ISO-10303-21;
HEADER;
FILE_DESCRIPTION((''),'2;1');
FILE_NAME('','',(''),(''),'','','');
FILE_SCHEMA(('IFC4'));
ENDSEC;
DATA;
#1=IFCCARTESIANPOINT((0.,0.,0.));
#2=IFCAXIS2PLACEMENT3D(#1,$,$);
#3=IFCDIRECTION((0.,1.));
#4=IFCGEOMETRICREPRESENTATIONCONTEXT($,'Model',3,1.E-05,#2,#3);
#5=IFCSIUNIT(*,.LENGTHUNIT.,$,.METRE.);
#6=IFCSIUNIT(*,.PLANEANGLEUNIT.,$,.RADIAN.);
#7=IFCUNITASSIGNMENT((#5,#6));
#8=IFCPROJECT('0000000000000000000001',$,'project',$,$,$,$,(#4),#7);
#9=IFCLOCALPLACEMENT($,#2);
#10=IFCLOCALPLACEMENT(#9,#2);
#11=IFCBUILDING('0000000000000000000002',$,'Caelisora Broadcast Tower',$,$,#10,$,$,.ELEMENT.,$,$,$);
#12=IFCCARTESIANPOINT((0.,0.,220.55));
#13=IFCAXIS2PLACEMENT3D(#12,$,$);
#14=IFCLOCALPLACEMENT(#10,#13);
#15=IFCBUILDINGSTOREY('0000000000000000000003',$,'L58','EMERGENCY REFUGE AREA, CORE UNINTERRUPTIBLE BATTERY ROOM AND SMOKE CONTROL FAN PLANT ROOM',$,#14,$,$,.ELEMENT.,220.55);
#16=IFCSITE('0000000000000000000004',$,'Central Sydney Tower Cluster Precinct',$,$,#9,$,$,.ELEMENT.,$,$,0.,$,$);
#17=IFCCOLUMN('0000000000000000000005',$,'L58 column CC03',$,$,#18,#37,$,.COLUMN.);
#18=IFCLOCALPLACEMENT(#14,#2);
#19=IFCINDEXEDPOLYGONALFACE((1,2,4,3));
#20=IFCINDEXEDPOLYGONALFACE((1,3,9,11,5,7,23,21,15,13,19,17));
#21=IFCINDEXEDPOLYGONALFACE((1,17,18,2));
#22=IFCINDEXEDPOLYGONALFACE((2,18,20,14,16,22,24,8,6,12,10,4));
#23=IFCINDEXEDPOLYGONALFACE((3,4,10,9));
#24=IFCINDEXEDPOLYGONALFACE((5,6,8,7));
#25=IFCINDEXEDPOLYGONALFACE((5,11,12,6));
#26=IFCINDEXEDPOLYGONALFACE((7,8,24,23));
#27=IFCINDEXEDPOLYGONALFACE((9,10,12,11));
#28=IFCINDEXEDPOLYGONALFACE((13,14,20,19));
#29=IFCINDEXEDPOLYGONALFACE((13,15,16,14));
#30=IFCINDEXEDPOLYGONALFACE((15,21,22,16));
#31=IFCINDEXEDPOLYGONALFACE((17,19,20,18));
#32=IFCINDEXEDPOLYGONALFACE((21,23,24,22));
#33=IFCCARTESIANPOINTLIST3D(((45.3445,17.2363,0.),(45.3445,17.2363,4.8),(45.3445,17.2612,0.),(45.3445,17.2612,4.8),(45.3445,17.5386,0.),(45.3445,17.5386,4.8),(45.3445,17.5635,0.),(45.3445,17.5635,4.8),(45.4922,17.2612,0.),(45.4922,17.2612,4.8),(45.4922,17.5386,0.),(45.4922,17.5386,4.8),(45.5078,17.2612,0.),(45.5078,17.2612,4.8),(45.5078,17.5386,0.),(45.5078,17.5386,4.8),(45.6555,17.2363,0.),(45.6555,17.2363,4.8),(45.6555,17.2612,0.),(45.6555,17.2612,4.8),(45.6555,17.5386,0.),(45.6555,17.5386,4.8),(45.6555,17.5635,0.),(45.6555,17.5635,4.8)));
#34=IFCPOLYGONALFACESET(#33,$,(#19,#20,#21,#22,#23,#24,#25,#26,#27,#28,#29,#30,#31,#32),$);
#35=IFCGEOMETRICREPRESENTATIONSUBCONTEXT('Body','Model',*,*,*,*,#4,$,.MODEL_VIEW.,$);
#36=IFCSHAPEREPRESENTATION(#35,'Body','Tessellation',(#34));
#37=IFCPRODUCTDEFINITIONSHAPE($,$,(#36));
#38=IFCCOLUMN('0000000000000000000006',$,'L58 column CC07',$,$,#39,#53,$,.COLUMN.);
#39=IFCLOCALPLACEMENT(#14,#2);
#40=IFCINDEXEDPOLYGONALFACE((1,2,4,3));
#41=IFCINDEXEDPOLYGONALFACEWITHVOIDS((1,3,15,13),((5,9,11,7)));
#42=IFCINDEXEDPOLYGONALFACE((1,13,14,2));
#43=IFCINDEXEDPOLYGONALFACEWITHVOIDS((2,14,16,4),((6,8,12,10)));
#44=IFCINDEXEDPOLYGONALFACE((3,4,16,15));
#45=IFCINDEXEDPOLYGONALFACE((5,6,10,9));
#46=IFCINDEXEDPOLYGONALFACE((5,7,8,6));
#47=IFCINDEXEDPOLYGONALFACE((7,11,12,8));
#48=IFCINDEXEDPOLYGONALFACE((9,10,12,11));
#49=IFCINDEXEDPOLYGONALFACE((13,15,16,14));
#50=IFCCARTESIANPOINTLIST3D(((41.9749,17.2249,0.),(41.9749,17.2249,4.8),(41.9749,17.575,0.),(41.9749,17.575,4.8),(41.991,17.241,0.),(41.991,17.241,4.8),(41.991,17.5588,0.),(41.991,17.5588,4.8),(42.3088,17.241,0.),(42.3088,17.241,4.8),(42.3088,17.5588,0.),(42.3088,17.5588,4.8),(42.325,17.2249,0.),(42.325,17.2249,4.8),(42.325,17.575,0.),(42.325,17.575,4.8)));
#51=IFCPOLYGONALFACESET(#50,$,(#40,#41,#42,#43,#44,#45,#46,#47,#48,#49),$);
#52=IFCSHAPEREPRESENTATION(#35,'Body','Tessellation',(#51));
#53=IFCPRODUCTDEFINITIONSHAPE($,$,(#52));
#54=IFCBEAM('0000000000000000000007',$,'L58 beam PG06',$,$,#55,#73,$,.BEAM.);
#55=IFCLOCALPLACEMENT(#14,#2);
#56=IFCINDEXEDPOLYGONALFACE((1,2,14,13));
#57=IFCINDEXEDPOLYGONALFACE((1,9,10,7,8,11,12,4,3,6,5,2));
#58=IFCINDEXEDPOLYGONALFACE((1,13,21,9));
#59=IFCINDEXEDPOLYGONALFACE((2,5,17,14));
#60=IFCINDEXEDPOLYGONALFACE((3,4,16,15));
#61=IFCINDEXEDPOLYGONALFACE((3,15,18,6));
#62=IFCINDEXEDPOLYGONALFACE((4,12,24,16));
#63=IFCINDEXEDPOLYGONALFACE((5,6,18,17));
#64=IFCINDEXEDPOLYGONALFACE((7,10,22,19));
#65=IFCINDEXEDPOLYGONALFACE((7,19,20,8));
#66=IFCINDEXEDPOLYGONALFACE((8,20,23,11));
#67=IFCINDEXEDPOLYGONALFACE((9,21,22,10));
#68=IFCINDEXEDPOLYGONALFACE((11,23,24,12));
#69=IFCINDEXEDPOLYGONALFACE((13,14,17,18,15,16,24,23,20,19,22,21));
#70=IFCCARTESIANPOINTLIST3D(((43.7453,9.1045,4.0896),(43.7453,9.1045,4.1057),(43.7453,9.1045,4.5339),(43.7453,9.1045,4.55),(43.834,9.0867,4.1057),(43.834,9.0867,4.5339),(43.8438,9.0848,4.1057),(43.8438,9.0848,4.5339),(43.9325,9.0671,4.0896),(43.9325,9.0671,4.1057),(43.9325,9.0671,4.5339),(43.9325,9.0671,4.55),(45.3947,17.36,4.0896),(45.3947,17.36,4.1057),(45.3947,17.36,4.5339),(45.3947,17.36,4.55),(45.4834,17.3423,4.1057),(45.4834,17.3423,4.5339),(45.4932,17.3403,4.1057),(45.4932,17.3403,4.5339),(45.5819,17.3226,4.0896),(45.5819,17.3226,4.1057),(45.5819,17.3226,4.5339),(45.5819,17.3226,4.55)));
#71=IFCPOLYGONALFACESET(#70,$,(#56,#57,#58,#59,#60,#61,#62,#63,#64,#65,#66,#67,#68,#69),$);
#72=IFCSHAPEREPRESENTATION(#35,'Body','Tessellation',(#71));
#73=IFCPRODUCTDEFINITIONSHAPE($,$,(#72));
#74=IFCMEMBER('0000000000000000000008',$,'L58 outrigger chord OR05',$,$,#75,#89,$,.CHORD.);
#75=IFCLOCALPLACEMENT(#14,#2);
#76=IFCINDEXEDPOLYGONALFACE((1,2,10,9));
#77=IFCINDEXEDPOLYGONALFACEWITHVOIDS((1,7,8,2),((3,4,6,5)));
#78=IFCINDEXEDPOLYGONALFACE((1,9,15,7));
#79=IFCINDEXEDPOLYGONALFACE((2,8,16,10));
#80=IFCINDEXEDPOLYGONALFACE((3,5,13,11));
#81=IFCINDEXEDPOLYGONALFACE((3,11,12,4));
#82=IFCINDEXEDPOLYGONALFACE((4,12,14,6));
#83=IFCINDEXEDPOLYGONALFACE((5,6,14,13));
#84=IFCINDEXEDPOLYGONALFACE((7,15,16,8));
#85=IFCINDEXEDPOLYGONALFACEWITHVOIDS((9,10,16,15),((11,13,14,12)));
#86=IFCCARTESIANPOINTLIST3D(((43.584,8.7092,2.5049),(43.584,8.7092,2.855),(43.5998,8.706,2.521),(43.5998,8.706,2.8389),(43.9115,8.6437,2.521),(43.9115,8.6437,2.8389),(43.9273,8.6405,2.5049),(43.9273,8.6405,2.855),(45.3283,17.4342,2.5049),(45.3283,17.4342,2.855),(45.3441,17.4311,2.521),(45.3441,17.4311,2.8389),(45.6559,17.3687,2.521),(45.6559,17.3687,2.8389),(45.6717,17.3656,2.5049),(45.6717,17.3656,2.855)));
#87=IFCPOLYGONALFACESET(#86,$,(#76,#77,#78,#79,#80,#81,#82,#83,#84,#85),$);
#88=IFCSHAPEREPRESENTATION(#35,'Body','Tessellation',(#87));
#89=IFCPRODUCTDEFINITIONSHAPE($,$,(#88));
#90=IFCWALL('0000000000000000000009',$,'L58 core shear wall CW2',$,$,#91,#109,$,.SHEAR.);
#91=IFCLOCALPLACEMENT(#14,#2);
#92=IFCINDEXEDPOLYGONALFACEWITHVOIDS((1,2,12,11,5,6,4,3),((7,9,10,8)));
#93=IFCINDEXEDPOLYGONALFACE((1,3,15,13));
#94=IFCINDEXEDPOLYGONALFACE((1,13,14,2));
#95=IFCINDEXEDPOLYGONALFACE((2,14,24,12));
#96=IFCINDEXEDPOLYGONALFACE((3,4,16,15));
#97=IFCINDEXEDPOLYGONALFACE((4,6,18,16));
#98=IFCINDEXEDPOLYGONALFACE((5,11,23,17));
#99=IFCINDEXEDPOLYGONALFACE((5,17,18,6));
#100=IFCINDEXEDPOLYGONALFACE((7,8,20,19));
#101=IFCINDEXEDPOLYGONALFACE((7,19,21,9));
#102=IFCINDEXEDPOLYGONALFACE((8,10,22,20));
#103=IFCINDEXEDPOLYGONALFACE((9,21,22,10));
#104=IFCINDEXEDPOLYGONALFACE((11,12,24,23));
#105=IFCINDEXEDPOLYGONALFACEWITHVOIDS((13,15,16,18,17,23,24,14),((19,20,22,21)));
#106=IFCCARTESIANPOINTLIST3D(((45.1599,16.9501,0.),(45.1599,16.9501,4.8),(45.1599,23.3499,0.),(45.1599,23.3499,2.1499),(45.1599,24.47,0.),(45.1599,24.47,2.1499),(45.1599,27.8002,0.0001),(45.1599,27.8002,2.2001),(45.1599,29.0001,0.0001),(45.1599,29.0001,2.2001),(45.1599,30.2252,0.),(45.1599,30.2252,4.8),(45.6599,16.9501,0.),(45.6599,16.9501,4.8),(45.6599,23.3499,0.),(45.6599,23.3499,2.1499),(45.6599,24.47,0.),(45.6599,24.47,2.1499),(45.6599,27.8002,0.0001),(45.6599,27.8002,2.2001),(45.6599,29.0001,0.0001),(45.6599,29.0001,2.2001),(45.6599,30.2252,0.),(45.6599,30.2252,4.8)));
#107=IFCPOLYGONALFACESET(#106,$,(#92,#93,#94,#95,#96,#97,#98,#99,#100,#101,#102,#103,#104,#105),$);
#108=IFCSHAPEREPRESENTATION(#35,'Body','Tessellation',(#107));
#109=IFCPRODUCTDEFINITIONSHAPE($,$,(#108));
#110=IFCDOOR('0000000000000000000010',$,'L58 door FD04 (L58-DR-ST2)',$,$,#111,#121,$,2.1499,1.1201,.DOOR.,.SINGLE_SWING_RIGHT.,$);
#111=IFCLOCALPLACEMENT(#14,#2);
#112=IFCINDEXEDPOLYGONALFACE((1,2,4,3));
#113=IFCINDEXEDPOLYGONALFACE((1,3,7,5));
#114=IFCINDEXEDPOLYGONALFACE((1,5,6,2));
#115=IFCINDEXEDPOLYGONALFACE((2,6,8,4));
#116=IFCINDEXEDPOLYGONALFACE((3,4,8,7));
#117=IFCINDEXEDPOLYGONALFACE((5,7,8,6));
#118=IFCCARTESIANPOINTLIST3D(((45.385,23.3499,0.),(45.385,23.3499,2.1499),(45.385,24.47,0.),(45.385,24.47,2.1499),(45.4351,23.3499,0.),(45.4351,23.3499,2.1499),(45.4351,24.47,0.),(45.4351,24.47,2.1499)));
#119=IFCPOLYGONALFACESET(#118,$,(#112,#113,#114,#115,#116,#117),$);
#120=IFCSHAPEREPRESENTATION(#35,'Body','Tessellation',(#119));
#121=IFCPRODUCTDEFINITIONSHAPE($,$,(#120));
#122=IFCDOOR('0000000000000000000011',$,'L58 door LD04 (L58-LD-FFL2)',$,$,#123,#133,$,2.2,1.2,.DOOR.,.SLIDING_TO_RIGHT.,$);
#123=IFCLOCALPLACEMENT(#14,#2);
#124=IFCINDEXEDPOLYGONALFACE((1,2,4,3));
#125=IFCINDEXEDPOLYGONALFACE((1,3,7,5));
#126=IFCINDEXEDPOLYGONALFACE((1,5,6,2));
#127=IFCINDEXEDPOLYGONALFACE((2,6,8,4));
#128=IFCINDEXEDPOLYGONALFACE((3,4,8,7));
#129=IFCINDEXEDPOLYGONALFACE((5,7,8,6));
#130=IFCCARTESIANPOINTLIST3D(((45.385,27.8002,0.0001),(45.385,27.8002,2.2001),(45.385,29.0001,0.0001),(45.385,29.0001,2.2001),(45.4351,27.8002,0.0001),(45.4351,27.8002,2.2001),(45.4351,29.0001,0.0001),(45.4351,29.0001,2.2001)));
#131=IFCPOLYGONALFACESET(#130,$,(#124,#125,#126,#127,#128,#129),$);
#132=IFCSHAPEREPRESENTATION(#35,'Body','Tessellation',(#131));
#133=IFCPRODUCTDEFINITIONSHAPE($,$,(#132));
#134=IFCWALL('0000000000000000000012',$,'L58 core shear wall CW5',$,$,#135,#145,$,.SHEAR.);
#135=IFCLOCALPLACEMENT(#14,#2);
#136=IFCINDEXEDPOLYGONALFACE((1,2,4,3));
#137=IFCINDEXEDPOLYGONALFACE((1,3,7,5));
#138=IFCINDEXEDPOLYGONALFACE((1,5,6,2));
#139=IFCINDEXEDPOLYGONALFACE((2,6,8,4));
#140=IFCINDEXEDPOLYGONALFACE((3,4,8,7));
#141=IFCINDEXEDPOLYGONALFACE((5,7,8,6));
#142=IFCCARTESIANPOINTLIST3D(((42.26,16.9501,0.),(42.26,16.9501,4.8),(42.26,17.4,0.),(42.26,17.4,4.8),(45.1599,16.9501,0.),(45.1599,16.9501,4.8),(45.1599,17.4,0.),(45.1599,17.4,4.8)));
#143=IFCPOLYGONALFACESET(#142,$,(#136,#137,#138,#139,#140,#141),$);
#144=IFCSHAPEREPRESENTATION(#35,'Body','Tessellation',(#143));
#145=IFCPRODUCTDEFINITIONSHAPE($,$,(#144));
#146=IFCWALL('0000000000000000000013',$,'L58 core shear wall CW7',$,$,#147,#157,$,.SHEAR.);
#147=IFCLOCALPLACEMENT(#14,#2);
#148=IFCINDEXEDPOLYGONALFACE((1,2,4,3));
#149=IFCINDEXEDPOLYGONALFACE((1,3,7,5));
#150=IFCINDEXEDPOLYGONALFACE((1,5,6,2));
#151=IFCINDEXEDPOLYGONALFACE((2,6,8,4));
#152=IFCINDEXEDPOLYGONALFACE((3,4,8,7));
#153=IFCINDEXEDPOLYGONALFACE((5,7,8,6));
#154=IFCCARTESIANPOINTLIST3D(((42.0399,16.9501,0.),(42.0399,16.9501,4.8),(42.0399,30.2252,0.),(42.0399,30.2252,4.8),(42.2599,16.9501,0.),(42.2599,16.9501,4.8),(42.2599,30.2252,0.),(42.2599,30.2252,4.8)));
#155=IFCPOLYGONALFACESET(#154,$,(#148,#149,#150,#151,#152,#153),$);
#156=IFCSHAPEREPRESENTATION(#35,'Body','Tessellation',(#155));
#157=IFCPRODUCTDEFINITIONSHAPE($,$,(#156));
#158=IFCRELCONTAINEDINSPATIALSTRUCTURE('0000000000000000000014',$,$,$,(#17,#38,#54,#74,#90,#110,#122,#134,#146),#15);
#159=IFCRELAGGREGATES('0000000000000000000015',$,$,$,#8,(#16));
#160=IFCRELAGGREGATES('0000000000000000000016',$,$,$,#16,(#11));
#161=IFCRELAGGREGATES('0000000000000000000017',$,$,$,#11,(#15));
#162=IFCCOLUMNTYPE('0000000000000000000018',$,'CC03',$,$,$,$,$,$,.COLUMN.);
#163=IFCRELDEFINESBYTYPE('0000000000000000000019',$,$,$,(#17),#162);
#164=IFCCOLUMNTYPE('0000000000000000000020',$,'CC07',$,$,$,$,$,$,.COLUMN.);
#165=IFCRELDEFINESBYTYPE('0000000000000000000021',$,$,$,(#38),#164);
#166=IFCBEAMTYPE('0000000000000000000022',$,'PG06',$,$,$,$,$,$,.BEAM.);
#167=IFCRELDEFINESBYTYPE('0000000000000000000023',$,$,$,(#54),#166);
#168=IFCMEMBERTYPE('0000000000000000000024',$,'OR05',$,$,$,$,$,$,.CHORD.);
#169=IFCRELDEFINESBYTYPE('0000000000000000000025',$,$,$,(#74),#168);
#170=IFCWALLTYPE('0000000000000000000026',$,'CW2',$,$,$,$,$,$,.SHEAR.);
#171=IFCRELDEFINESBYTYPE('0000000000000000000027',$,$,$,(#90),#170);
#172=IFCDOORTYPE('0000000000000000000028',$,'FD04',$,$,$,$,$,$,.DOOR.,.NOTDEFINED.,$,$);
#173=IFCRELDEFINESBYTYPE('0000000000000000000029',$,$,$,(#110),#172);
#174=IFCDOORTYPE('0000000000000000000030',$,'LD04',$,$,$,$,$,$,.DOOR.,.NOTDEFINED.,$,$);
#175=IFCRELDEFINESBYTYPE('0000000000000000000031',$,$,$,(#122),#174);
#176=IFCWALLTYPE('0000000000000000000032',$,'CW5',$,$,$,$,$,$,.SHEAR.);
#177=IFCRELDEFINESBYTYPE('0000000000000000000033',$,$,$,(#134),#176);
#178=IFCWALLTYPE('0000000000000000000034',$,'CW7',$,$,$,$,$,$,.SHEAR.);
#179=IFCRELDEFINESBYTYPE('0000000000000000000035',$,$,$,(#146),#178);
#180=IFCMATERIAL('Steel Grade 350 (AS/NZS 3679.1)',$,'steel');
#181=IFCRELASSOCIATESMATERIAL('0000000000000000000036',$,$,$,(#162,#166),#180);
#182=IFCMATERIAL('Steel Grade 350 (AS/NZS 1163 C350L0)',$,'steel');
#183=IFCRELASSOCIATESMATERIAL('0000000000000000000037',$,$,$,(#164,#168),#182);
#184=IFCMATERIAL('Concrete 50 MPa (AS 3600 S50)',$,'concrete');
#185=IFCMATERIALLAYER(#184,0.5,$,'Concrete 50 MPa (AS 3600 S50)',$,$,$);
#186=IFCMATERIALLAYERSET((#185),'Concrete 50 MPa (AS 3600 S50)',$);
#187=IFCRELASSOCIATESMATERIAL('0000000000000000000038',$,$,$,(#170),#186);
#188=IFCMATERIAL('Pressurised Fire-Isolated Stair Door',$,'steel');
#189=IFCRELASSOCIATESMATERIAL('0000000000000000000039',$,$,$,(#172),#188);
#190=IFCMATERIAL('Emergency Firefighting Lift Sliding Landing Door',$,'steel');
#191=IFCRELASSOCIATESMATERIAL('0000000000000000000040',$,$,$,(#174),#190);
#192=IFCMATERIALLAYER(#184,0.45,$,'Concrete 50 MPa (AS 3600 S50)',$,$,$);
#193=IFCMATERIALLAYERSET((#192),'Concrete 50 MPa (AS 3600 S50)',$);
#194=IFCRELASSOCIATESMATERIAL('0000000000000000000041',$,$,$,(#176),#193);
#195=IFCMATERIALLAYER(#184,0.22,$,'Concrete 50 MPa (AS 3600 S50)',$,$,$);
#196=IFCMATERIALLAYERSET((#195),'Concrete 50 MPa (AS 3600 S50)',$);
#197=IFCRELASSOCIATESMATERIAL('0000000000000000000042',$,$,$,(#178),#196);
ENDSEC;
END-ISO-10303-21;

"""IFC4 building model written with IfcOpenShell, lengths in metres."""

from ifc_helpers import new_model, si_unit, direction, frame, frame_2d, origin, origin_2d, place, context, subcontext, project, spatial, rectangle, hollow_rectangle, i_section, extrude, source, transform, mapped, material, layer, layer_set, material_profile, profile_set, type_object, type_shapes, element, fill, save


model = new_model("IFC4")

# Units and contexts
model_context = context("Model", 3, precision=1e-05, world=origin(), true_north=direction((0.0, 1.0)))
body_context = subcontext(model_context, "Body", "Model", "MODEL_VIEW")
ifc_project = project(units=[si_unit("LENGTHUNIT", "METRE"), si_unit("PLANEANGLEUNIT", "RADIAN")], contexts=[model_context])

# Site, building, storey
site_placement = place(None, origin())
site = spatial("IfcSite", under=ifc_project, at=site_placement, Name="Central Sydney Tower Cluster Precinct", CompositionType="ELEMENT", RefElevation=0.0)
building_placement = place(site_placement, origin())
building = spatial("IfcBuilding", under=site, at=building_placement, Name="Caelisora Broadcast Tower", CompositionType="ELEMENT")
storey_placement = place(building_placement, frame((0.0, 0.0, 220.55)))
storey = spatial("IfcBuildingStorey", under=building, at=storey_placement, Name="L58", Description="EMERGENCY REFUGE AREA, CORE UNINTERRUPTIBLE BATTERY ROOM AND SMOKE CONTROL FAN PLANT ROOM", CompositionType="ELEMENT", Elevation=220.55)

# Columns
ifc_material_1 = material(Name="Steel Grade 350 (AS/NZS 3679.1)", Category="steel")
ifc_material_profile_1 = material_profile(ifc_material_1, i_section(OverallWidth=0.311, OverallDepth=0.3271, WebThickness=0.0156, FlangeThickness=0.0249, at=origin_2d()), Name="Steel Grade 350 (AS/NZS 3679.1)")
ifc_profile_set_1 = profile_set([ifc_material_profile_1], Name="Steel Grade 350 (AS/NZS 3679.1)")
column_type_1 = type_object("IfcColumnType", Name="CC03", PredefinedType="COLUMN", material=ifc_profile_set_1)
shared_shape_1 = source(origin(), body_context, "Body", "SweptSolid", [
    extrude(i_section(OverallWidth=0.311, OverallDepth=0.3271, WebThickness=0.0156, FlangeThickness=0.0249, at=origin_2d()), origin(), (0.0, 0.0, 1.0), 4.8),
])
type_shapes(column_type_1, [shared_shape_1])
column_1_placement = place(storey_placement, frame((45.5, 17.3999, 0.0), z_axis=(0.0, 0.0, 1.0), x_axis=(1.0, 0.0, 0.0)))
element("IfcColumn", 1, at=column_1_placement, inside=storey, type_object=column_type_1, Name="L58 column CC03", PredefinedType="COLUMN", context=body_context, shape_type="MappedRepresentation", body=[
    mapped(shared_shape_1, transform((0.0, 0.0, 0.0), scale=1.0)),
])
ifc_material_2 = material(Name="Steel Grade 350 (AS/NZS 1163 C350L0)", Category="steel")
ifc_material_profile_2 = material_profile(ifc_material_2, hollow_rectangle(XDim=0.3501, YDim=0.3501, WallThickness=0.0161, at=origin_2d()), Name="Steel Grade 350 (AS/NZS 1163 C350L0)")
ifc_profile_set_2 = profile_set([ifc_material_profile_2], Name="Steel Grade 350 (AS/NZS 1163 C350L0)")
column_type_2 = type_object("IfcColumnType", Name="CC07", PredefinedType="COLUMN", material=ifc_profile_set_2)
shared_shape_2 = source(origin(), body_context, "Body", "SweptSolid", [
    extrude(hollow_rectangle(XDim=0.3501, YDim=0.3501, WallThickness=0.0161, at=origin_2d()), origin(), (0.0, 0.0, 1.0), 4.8),
])
type_shapes(column_type_2, [shared_shape_2])
column_2_placement = place(storey_placement, frame((42.1499, 17.3999, 0.0), z_axis=(0.0, 0.0, 1.0), x_axis=(1.0, 0.0, 0.0)))
element("IfcColumn", 2, at=column_2_placement, inside=storey, type_object=column_type_2, Name="L58 column CC07", PredefinedType="COLUMN", context=body_context, shape_type="MappedRepresentation", body=[
    mapped(shared_shape_2, transform((0.0, 0.0, 0.0), scale=1.0)),
])

# Beam
ifc_material_profile_3 = material_profile(ifc_material_1, i_section(OverallWidth=0.1909, OverallDepth=0.4604, WebThickness=0.01, FlangeThickness=0.0161, at=origin_2d()), Name="Steel Grade 350 (AS/NZS 3679.1)")
ifc_profile_set_3 = profile_set([ifc_material_profile_3], Name="Steel Grade 350 (AS/NZS 3679.1)")
beam_type = type_object("IfcBeamType", Name="PG06", PredefinedType="BEAM", material=ifc_profile_set_3)
shared_shape_3 = source(origin(), body_context, "Body", "SweptSolid", [
    extrude(i_section(OverallWidth=0.1909, OverallDepth=0.4604, WebThickness=0.01, FlangeThickness=0.0161, at=origin_2d()), origin(), (0.0, 0.0, 1.0), 8.4187),
])
type_shapes(beam_type, [shared_shape_3])
beam_placement = place(storey_placement, frame((45.4883, 17.3413, 4.3198), z_axis=(-0.195921, -0.98062, 0.0), x_axis=(0.98062, -0.195921, 0.0)))
element("IfcBeam", 3, at=beam_placement, inside=storey, type_object=beam_type, Name="L58 beam PG06", PredefinedType="BEAM", context=body_context, shape_type="MappedRepresentation", body=[
    mapped(shared_shape_3, transform((0.0, 0.0, 0.0), scale=1.0)),
])

# Member
ifc_material_profile_4 = material_profile(ifc_material_2, hollow_rectangle(XDim=0.3501, YDim=0.3501, WallThickness=0.0161, at=origin_2d()), Name="Steel Grade 350 (AS/NZS 1163 C350L0)")
ifc_profile_set_4 = profile_set([ifc_material_profile_4], Name="Steel Grade 350 (AS/NZS 1163 C350L0)")
member_type = type_object("IfcMemberType", Name="OR05", PredefinedType="CHORD", material=ifc_profile_set_4)
shared_shape_4 = source(origin(), body_context, "Body", "SweptSolid", [
    extrude(hollow_rectangle(XDim=0.3501, YDim=0.3501, WallThickness=0.0161, at=origin_2d()), origin(), (0.0, 0.0, 1.0), 8.8977),
])
type_shapes(member_type, [shared_shape_4])
member_placement = place(storey_placement, frame((45.5, 17.3999, 2.6799), z_axis=(-0.196048, -0.980594, 0.0), x_axis=(0.980594, -0.196048, 0.0)))
element("IfcMember", 4, at=member_placement, inside=storey, type_object=member_type, Name="L58 outrigger chord OR05", PredefinedType="CHORD", context=body_context, shape_type="MappedRepresentation", body=[
    mapped(shared_shape_4, transform((0.0, 0.0, 0.0), scale=1.0)),
])

# Wall, openings, doors
ifc_material_3 = material(Name="Concrete 50 MPa (AS 3600 S50)", Category="concrete")
ifc_layer_1 = layer(ifc_material_3, 0.5, Name="Concrete 50 MPa (AS 3600 S50)")
ifc_layer_set_1 = layer_set([ifc_layer_1], Name="Concrete 50 MPa (AS 3600 S50)")
wall_type_1 = type_object("IfcWallType", Name="CW2", PredefinedType="SHEAR", material=ifc_layer_set_1)
wall_1_placement = place(storey_placement, frame((45.4099, 16.95, 0.0), z_axis=(0.0, 0.0, 1.0), x_axis=(0.0, 1.0, 0.0)))
wall_1 = element("IfcWall", 5, at=wall_1_placement, inside=storey, type_object=wall_type_1, Name="L58 core shear wall CW2", PredefinedType="SHEAR", context=body_context, shape_type="SweptSolid", body=[
    extrude(rectangle(XDim=13.2751, YDim=0.5, at=frame_2d((6.6377, 0.0))), origin(), (0.0, 0.0, 1.0), 4.8),
])
opening_1_placement = place(wall_1_placement, frame((6.3999, 0.0, 0.0)))
opening_1 = element("IfcOpeningElement", 6, at=opening_1_placement, cuts=wall_1, PredefinedType="OPENING", context=body_context, shape_type="SweptSolid", body=[
    extrude(rectangle(XDim=1.1201, YDim=2.1499, at=frame_2d((0.5601, 1.075))), frame((0.0, 0.262, 0.0), z_axis=(0.0, -1.0, 0.0), x_axis=(1.0, 0.0, 0.0)), (0.0, 0.0, 1.0), 0.5239),
])
opening_2_placement = place(wall_1_placement, frame((10.8501, 0.0, 0.0)))
opening_2 = element("IfcOpeningElement", 7, at=opening_2_placement, cuts=wall_1, PredefinedType="OPENING", context=body_context, shape_type="SweptSolid", body=[
    extrude(rectangle(XDim=1.2, YDim=2.2, at=frame_2d((0.6001, 1.1001))), frame((0.0, 0.262, 0.0), z_axis=(0.0, -1.0, 0.0), x_axis=(1.0, 0.0, 0.0)), (0.0, 0.0, 1.0), 0.5239),
])
ifc_material_4 = material(Name="Pressurised Fire-Isolated Stair Door", Category="steel")
door_type_1 = type_object("IfcDoorType", Name="FD04", OperationType="NOTDEFINED", PredefinedType="DOOR", material=ifc_material_4)
door_1_placement = place(opening_1_placement, origin())
door_1 = element("IfcDoor", 8, at=door_1_placement, inside=storey, type_object=door_type_1, Name="L58 door FD04 (L58-DR-ST2)", OperationType="SINGLE_SWING_RIGHT", OverallHeight=2.1499, OverallWidth=1.1201, PredefinedType="DOOR", context=body_context, shape_type="SweptSolid", body=[
    extrude(rectangle(XDim=1.1201, YDim=2.1499, at=frame_2d((0.5601, 1.075))), frame((0.0, 0.0249, 0.0), z_axis=(0.0, -1.0, 0.0), x_axis=(1.0, 0.0, 0.0)), (0.0, 0.0, 1.0), 0.05),
])
fill(opening_1, door_1)
ifc_material_5 = material(Name="Emergency Firefighting Lift Sliding Landing Door", Category="steel")
door_type_2 = type_object("IfcDoorType", Name="LD04", OperationType="NOTDEFINED", PredefinedType="DOOR", material=ifc_material_5)
door_2_placement = place(opening_2_placement, origin())
door_2 = element("IfcDoor", 9, at=door_2_placement, inside=storey, type_object=door_type_2, Name="L58 door LD04 (L58-LD-FFL2)", OperationType="SLIDING_TO_RIGHT", OverallHeight=2.2, OverallWidth=1.2, PredefinedType="DOOR", context=body_context, shape_type="SweptSolid", body=[
    extrude(rectangle(XDim=1.2, YDim=2.2, at=frame_2d((0.6001, 1.1001))), frame((0.0, 0.0249, 0.0), z_axis=(0.0, -1.0, 0.0), x_axis=(1.0, 0.0, 0.0)), (0.0, 0.0, 1.0), 0.05),
])
fill(opening_2, door_2)

# Walls
ifc_layer_2 = layer(ifc_material_3, 0.45, Name="Concrete 50 MPa (AS 3600 S50)")
ifc_layer_set_2 = layer_set([ifc_layer_2], Name="Concrete 50 MPa (AS 3600 S50)")
wall_type_2 = type_object("IfcWallType", Name="CW5", PredefinedType="SHEAR", material=ifc_layer_set_2)
wall_2_placement = place(storey_placement, frame((42.26, 17.175, 0.0), z_axis=(0.0, 0.0, 1.0), x_axis=(1.0, 0.0, 0.0)))
element("IfcWall", 10, at=wall_2_placement, inside=storey, type_object=wall_type_2, Name="L58 core shear wall CW5", PredefinedType="SHEAR", context=body_context, shape_type="SweptSolid", body=[
    extrude(rectangle(XDim=2.8999, YDim=0.45, at=frame_2d((1.45, 0.0))), origin(), (0.0, 0.0, 1.0), 4.8),
])
ifc_layer_3 = layer(ifc_material_3, 0.22, Name="Concrete 50 MPa (AS 3600 S50)")
ifc_layer_set_3 = layer_set([ifc_layer_3], Name="Concrete 50 MPa (AS 3600 S50)")
wall_type_3 = type_object("IfcWallType", Name="CW7", PredefinedType="SHEAR", material=ifc_layer_set_3)
wall_3_placement = place(storey_placement, frame((42.1499, 16.95, 0.0), z_axis=(0.0, 0.0, 1.0), x_axis=(0.0, 1.0, 0.0)))
element("IfcWall", 11, at=wall_3_placement, inside=storey, type_object=wall_type_3, Name="L58 core shear wall CW7", PredefinedType="SHEAR", context=body_context, shape_type="SweptSolid", body=[
    extrude(rectangle(XDim=13.2751, YDim=0.22, at=frame_2d((6.6377, 0.0))), origin(), (0.0, 0.0, 1.0), 4.8),
])

save(model, "model.ifc")
